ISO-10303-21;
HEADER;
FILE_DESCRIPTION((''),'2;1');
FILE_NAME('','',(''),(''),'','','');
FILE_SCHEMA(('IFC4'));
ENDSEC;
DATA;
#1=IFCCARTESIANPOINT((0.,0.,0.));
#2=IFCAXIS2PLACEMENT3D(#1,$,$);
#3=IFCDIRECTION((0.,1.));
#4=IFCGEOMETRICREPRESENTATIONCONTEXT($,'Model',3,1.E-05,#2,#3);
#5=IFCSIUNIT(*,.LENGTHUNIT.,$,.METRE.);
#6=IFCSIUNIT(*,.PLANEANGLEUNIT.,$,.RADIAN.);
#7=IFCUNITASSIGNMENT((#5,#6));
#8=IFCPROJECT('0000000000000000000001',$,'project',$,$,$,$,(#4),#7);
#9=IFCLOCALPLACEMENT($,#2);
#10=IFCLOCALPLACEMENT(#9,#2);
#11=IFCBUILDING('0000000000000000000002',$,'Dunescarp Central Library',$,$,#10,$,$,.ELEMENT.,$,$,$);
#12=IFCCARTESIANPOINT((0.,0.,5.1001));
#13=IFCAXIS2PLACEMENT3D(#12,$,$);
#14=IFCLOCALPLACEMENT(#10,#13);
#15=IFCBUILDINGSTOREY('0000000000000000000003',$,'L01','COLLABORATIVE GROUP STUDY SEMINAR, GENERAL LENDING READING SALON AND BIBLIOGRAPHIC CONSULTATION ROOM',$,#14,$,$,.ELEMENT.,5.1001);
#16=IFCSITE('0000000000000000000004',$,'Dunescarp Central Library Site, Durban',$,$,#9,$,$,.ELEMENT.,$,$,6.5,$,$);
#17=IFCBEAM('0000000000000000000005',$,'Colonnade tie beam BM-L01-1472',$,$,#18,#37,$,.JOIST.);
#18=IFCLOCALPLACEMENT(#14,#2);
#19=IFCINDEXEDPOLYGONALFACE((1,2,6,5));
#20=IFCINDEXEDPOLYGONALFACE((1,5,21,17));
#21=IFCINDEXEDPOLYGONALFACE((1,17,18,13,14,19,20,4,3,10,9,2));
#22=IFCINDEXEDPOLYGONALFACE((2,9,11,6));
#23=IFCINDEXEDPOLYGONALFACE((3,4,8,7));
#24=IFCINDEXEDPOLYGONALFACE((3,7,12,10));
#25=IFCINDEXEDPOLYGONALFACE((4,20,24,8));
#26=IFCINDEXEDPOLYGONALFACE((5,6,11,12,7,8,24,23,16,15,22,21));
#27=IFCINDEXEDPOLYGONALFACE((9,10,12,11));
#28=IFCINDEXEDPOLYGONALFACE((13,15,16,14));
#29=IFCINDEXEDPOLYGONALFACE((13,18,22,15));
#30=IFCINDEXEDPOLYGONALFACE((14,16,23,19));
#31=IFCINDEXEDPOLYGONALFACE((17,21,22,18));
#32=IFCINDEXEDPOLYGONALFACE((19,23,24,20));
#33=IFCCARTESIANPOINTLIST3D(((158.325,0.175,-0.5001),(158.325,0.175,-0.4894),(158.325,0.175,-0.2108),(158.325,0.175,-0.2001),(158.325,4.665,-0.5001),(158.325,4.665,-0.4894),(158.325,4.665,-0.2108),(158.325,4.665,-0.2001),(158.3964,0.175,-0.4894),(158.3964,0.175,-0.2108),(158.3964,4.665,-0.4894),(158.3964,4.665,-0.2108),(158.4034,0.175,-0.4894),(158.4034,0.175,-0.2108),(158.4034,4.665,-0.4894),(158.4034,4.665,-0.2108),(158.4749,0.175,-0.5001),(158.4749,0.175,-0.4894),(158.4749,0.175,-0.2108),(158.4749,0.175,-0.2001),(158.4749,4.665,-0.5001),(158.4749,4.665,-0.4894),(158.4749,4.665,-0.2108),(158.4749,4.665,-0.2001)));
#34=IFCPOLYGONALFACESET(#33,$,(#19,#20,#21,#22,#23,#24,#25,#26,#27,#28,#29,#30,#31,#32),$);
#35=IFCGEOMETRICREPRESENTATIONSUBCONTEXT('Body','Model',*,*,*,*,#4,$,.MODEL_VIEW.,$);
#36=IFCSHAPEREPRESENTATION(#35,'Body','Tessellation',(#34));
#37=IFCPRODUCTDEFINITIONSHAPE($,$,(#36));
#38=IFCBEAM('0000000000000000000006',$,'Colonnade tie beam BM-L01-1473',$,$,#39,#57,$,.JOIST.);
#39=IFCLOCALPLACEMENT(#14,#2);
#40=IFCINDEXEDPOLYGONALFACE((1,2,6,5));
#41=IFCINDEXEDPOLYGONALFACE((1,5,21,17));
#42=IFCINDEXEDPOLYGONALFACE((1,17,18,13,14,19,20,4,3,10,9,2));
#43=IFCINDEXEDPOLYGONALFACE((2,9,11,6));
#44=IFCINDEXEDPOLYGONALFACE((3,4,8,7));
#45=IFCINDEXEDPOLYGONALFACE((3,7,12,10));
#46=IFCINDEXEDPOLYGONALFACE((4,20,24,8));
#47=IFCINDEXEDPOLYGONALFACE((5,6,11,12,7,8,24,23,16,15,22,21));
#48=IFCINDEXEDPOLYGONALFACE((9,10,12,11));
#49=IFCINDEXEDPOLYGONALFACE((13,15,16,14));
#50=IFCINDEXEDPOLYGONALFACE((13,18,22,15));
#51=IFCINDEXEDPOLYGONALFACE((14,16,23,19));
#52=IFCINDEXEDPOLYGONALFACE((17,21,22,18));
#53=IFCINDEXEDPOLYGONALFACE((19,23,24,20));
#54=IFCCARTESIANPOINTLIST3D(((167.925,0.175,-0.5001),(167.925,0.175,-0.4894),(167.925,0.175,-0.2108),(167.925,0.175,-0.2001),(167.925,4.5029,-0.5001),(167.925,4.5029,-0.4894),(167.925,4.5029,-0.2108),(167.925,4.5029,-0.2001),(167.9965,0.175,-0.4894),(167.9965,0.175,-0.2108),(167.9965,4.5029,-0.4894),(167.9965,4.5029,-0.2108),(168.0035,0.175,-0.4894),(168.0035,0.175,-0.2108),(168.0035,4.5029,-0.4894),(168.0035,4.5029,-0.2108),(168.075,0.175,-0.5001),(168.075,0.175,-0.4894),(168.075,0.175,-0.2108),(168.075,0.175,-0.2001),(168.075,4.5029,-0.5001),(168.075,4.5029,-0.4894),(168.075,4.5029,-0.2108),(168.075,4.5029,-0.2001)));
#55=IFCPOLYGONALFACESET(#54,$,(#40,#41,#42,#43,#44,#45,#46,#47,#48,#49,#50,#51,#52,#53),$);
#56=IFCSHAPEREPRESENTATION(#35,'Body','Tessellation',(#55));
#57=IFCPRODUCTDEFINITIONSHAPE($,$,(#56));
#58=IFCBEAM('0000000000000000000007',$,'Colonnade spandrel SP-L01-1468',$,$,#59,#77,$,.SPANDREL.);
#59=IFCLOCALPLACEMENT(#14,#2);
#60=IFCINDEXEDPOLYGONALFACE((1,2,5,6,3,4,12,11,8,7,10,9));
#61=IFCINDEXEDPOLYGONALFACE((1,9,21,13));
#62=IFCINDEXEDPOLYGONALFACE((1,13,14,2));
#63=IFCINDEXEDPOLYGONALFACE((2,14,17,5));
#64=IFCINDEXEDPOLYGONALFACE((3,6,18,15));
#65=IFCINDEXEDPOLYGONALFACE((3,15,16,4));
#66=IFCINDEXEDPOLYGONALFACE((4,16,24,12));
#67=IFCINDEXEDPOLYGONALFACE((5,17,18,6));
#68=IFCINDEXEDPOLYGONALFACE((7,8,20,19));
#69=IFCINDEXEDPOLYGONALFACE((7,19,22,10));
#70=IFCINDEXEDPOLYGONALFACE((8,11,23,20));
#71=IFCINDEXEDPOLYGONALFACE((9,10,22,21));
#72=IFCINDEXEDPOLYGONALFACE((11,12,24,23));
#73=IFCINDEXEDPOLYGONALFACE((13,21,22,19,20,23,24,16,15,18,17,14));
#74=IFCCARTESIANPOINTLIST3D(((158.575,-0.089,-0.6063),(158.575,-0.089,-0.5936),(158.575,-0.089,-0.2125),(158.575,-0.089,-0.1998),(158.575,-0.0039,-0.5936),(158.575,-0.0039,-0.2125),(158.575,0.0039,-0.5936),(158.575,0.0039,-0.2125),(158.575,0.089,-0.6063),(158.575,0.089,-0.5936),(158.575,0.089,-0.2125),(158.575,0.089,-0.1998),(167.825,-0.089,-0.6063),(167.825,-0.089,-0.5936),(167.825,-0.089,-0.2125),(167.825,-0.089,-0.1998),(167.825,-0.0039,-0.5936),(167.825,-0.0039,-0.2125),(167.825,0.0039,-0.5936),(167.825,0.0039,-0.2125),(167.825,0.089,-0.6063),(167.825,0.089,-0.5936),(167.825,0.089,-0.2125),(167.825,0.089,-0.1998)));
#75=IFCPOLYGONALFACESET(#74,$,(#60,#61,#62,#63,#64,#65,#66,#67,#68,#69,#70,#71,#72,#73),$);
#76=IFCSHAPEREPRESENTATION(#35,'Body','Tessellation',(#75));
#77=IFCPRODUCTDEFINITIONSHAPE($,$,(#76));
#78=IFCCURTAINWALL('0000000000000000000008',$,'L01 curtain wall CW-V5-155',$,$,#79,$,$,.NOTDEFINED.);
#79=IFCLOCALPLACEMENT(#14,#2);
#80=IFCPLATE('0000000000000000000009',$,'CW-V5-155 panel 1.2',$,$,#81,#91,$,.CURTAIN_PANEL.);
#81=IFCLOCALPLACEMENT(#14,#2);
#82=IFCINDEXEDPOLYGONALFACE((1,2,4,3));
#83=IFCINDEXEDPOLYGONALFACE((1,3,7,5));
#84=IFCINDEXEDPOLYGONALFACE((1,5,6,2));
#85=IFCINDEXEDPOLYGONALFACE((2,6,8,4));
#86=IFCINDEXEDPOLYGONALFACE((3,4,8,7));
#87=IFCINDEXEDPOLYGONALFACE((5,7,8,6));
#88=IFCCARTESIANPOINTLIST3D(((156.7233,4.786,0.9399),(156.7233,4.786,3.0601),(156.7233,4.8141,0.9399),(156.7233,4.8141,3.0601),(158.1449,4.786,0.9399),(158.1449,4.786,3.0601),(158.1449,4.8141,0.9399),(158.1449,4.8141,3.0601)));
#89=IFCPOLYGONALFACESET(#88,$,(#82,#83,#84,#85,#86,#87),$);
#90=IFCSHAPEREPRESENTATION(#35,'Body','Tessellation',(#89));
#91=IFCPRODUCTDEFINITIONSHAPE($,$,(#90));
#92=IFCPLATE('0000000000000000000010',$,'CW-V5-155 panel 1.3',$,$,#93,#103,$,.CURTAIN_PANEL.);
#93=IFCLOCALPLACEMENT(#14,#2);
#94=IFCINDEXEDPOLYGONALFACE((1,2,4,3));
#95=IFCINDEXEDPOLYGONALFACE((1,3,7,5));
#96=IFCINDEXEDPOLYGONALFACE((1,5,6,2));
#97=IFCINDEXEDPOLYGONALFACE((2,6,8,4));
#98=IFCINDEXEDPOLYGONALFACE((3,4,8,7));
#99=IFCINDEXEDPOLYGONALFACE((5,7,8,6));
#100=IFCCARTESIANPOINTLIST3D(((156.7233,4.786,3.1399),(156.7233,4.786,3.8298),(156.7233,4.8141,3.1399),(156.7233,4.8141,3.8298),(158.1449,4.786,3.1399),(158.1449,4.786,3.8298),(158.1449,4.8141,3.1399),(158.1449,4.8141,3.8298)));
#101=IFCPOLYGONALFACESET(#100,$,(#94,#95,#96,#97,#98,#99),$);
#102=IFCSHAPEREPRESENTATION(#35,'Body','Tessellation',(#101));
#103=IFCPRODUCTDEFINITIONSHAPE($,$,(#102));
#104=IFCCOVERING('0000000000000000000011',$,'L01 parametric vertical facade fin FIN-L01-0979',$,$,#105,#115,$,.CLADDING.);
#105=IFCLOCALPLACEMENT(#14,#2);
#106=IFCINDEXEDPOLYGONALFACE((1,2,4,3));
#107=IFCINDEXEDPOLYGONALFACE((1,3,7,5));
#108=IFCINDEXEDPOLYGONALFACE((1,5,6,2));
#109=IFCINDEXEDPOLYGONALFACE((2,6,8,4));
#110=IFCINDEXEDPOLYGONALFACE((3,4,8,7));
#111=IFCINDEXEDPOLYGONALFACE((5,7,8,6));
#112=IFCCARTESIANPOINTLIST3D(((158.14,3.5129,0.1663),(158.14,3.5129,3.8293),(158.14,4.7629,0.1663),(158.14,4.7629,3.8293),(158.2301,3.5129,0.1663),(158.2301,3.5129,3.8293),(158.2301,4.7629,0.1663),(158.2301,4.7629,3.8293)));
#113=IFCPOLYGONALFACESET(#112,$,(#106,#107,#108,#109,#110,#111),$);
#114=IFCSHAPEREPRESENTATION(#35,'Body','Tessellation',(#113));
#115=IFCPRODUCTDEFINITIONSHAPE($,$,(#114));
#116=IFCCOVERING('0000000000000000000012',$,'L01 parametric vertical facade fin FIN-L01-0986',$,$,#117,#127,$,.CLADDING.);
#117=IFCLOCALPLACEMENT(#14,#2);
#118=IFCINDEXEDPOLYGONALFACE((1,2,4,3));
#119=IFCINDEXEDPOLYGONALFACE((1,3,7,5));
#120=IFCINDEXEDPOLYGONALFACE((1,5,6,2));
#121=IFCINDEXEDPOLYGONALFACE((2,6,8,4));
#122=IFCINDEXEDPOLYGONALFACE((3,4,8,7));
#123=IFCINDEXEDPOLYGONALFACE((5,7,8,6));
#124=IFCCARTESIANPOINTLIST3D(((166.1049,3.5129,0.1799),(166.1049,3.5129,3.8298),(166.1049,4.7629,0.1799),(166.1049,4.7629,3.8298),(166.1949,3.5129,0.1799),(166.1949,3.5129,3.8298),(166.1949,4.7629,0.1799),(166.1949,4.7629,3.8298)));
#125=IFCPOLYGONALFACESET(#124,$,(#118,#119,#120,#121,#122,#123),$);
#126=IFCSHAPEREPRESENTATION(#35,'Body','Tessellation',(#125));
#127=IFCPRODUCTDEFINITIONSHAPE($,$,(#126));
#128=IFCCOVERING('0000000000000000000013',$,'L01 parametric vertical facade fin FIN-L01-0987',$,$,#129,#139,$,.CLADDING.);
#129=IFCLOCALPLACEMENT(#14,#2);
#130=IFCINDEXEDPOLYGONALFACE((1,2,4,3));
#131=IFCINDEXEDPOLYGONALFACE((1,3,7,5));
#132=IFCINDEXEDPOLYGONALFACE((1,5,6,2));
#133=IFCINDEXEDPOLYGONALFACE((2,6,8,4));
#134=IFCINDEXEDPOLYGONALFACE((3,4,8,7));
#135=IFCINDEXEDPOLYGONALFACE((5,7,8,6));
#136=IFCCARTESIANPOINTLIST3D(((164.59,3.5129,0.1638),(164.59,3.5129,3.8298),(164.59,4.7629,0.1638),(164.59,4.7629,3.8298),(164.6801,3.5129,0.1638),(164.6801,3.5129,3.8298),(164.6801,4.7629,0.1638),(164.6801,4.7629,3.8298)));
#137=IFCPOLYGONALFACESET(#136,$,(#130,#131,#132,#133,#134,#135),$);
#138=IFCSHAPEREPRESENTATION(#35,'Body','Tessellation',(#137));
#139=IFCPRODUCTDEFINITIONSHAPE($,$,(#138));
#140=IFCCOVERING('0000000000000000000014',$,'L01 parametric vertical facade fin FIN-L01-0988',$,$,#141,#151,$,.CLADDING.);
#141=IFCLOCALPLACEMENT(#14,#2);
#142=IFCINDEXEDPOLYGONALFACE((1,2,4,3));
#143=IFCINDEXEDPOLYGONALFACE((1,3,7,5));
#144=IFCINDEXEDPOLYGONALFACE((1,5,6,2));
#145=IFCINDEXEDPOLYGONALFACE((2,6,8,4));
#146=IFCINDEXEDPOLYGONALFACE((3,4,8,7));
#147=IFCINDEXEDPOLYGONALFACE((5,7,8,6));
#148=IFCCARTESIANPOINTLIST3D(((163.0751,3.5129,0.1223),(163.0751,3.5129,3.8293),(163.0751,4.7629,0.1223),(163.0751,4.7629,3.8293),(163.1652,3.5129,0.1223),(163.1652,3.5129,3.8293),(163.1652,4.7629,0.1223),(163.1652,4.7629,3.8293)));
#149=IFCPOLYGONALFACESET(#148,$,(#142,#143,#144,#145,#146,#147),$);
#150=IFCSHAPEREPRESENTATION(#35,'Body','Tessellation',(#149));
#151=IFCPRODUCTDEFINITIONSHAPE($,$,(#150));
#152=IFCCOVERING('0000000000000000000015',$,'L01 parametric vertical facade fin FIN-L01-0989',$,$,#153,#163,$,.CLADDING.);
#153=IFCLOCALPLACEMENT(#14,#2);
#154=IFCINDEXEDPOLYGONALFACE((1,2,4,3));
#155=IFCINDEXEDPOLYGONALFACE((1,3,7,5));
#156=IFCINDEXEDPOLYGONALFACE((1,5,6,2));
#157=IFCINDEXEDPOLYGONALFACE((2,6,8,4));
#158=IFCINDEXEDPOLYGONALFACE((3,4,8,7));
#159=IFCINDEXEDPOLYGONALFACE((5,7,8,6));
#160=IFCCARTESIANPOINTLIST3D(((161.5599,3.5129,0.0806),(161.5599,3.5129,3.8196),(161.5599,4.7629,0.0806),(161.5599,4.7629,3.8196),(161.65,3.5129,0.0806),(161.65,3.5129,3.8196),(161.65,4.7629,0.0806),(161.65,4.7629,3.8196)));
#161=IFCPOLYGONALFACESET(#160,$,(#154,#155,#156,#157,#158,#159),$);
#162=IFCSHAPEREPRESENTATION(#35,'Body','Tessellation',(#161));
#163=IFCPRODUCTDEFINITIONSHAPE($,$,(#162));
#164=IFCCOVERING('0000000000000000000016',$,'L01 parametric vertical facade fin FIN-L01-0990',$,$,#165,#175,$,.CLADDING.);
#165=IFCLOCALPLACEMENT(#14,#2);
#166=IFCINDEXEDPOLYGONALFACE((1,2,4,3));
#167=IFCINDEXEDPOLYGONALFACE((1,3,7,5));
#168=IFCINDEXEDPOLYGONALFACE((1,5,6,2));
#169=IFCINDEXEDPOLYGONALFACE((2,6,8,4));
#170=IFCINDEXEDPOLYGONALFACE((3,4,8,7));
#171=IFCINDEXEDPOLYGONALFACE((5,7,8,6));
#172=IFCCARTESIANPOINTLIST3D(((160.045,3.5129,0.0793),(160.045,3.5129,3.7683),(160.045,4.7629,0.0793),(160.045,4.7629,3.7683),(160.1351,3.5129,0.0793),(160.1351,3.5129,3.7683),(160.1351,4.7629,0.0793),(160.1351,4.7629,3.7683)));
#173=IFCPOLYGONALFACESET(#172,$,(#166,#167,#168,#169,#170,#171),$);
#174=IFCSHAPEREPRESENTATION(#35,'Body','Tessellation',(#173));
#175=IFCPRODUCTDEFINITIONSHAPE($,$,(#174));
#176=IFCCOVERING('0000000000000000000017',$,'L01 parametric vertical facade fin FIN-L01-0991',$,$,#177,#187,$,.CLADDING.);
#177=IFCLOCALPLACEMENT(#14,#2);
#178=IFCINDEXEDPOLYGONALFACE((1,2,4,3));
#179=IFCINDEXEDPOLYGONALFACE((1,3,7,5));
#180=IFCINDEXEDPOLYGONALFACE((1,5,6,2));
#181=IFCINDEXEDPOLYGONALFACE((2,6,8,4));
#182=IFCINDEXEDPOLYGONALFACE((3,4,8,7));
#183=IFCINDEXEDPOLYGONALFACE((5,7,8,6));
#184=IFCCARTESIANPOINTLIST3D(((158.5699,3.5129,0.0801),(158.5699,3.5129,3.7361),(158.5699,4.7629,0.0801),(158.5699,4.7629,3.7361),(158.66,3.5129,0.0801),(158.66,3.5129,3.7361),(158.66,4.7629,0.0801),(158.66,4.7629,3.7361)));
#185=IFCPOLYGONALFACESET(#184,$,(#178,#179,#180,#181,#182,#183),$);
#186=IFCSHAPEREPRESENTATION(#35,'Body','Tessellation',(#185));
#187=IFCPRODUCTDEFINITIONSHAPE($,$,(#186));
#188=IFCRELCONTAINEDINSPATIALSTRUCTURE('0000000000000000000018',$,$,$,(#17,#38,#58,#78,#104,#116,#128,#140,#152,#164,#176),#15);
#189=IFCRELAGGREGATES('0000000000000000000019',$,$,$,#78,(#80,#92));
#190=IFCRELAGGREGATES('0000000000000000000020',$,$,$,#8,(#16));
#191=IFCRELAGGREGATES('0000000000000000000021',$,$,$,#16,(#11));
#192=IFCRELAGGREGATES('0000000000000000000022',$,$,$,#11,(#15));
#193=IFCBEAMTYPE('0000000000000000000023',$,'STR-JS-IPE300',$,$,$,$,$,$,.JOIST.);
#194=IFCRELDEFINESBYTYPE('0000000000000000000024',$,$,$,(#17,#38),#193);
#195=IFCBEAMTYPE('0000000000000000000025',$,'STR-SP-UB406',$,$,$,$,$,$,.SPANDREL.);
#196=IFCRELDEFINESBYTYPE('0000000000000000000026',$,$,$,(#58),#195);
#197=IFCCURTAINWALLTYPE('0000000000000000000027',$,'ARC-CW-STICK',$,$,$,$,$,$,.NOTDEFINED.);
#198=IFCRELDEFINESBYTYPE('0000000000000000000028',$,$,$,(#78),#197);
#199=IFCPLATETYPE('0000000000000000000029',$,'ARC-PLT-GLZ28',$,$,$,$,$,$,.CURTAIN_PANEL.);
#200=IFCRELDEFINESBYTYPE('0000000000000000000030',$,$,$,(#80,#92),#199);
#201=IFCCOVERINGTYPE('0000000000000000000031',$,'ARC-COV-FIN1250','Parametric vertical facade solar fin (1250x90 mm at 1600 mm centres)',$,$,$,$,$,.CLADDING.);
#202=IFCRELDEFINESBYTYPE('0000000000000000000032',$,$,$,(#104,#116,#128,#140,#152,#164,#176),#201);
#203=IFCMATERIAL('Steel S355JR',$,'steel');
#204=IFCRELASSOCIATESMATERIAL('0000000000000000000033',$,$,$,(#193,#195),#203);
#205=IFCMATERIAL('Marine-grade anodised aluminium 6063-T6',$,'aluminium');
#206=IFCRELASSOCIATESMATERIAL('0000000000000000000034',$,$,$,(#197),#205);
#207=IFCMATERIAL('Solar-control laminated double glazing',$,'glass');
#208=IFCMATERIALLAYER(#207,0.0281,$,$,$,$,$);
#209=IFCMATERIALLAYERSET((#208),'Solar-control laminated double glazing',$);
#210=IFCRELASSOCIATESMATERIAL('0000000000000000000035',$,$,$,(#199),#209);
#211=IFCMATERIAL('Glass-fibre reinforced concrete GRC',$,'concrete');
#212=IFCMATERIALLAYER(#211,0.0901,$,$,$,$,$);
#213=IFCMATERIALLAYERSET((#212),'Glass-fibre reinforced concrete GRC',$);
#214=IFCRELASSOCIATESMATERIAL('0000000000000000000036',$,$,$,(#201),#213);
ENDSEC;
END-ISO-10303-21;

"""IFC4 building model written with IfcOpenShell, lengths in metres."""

from ifc_helpers import new_model, si_unit, direction, frame, origin, origin_2d, place, context, subcontext, project, spatial, rectangle, i_section, extrude, material, layer, layer_set, material_profile, profile_set, type_object, element, aggregate, save


model = new_model("IFC4")

# Units and contexts
model_context = context("Model", 3, precision=1e-05, world=origin(), true_north=direction((0.0, 1.0)))
body_context = subcontext(model_context, "Body", "Model", "MODEL_VIEW")
ifc_project = project(units=[si_unit("LENGTHUNIT", "METRE"), si_unit("PLANEANGLEUNIT", "RADIAN")], contexts=[model_context])

# Site, building, storey
site_placement = place(None, origin())
site = spatial("IfcSite", under=ifc_project, at=site_placement, Name="Dunescarp Central Library Site, Durban", CompositionType="ELEMENT", RefElevation=6.5)
building_placement = place(site_placement, origin())
building = spatial("IfcBuilding", under=site, at=building_placement, Name="Dunescarp Central Library", CompositionType="ELEMENT")
storey_placement = place(building_placement, frame((0.0, 0.0, 5.1001)))
storey = spatial("IfcBuildingStorey", under=building, at=storey_placement, Name="L01", Description="COLLABORATIVE GROUP STUDY SEMINAR, GENERAL LENDING READING SALON AND BIBLIOGRAPHIC CONSULTATION ROOM", CompositionType="ELEMENT", Elevation=5.1001)

# Beams
ifc_material_1 = material(Name="Steel S355JR", Category="steel")
ifc_material_profile_1 = material_profile(ifc_material_1, i_section(OverallWidth=0.1499, OverallDepth=0.3, WebThickness=0.0071, FlangeThickness=0.0107, at=origin_2d()), Name="IPE 300")
ifc_profile_set_1 = profile_set([ifc_material_profile_1], Name="Steel S355JR")
beam_type_1 = type_object("IfcBeamType", Name="STR-JS-IPE300", PredefinedType="JOIST", material=ifc_profile_set_1)
beam_1_placement = place(storey_placement, frame((158.3999, 0.175, -0.3501), z_axis=(0.0, 1.0, 0.0), x_axis=(-1.0, 0.0, 0.0)))
element("IfcBeam", 1, at=beam_1_placement, inside=storey, type_object=beam_type_1, Name="Colonnade tie beam BM-L01-1472", PredefinedType="JOIST", context=body_context, shape_type="SweptSolid", body=[
    extrude(i_section(OverallWidth=0.1499, OverallDepth=0.3, WebThickness=0.0071, FlangeThickness=0.0107, at=origin_2d()), origin(), (0.0, 0.0, 1.0), 4.49),
])
beam_2_placement = place(storey_placement, frame((168.0, 0.175, -0.3501), z_axis=(0.0, 1.0, 0.0), x_axis=(-1.0, 0.0, 0.0)))
element("IfcBeam", 2, at=beam_2_placement, inside=storey, type_object=beam_type_1, Name="Colonnade tie beam BM-L01-1473", PredefinedType="JOIST", context=body_context, shape_type="SweptSolid", body=[
    extrude(i_section(OverallWidth=0.1499, OverallDepth=0.3, WebThickness=0.0071, FlangeThickness=0.0107, at=origin_2d()), origin(), (0.0, 0.0, 1.0), 4.3279),
])
ifc_material_profile_2 = material_profile(ifc_material_1, i_section(OverallWidth=0.178, OverallDepth=0.4065, WebThickness=0.0078, FlangeThickness=0.0127, at=origin_2d()), Name="UB 406x178x60")
ifc_profile_set_2 = profile_set([ifc_material_profile_2], Name="Steel S355JR")
beam_type_2 = type_object("IfcBeamType", Name="STR-SP-UB406", PredefinedType="SPANDREL", material=ifc_profile_set_2)
beam_3_placement = place(storey_placement, frame((158.575, 0.0, -0.4031), z_axis=(1.0, 0.0, 0.0), x_axis=(0.0, 1.0, 0.0)))
element("IfcBeam", 3, at=beam_3_placement, inside=storey, type_object=beam_type_2, Name="Colonnade spandrel SP-L01-1468", PredefinedType="SPANDREL", context=body_context, shape_type="SweptSolid", body=[
    extrude(i_section(OverallWidth=0.178, OverallDepth=0.4065, WebThickness=0.0078, FlangeThickness=0.0127, at=origin_2d()), origin(), (0.0, 0.0, 1.0), 9.25),
])

# Curtain wall, plates
ifc_material_2 = material(Name="Marine-grade anodised aluminium 6063-T6", Category="aluminium")
curtain_wall_type = type_object("IfcCurtainWallType", Name="ARC-CW-STICK", PredefinedType="NOTDEFINED", material=ifc_material_2)
curtain_wall_placement = place(storey_placement, origin())
curtain_wall = element("IfcCurtainWall", 4, at=curtain_wall_placement, inside=storey, type_object=curtain_wall_type, Name="L01 curtain wall CW-V5-155", PredefinedType="NOTDEFINED")
ifc_material_3 = material(Name="Solar-control laminated double glazing", Category="glass")
ifc_layer_1 = layer(ifc_material_3, 0.0281)
ifc_layer_set_1 = layer_set([ifc_layer_1], Name="Solar-control laminated double glazing")
plate_type = type_object("IfcPlateType", Name="ARC-PLT-GLZ28", PredefinedType="CURTAIN_PANEL", material=ifc_layer_set_1)
plate_1_placement = place(storey_placement, frame((157.4341, 4.8, 0.9399), z_axis=(0.0, 0.0, 1.0), x_axis=(-1.0, 0.0, 0.0)))
plate_1 = element("IfcPlate", 5, at=plate_1_placement, type_object=plate_type, Name="CW-V5-155 panel 1.2", PredefinedType="CURTAIN_PANEL", context=body_context, shape_type="SweptSolid", body=[
    extrude(rectangle(XDim=1.4216, YDim=0.0281, at=origin_2d()), origin(), (0.0, 0.0, 1.0), 2.1201),
])
plate_2_placement = place(storey_placement, frame((157.4341, 4.8, 3.1399), z_axis=(0.0, 0.0, 1.0), x_axis=(-1.0, 0.0, 0.0)))
plate_2 = element("IfcPlate", 6, at=plate_2_placement, type_object=plate_type, Name="CW-V5-155 panel 1.3", PredefinedType="CURTAIN_PANEL", context=body_context, shape_type="SweptSolid", body=[
    extrude(rectangle(XDim=1.4216, YDim=0.0281, at=origin_2d()), origin(), (0.0, 0.0, 1.0), 0.6899),
])
aggregate(curtain_wall, [plate_1, plate_2])

# Coverings
ifc_material_4 = material(Name="Glass-fibre reinforced concrete GRC", Category="concrete")
ifc_layer_2 = layer(ifc_material_4, 0.0901)
ifc_layer_set_2 = layer_set([ifc_layer_2], Name="Glass-fibre reinforced concrete GRC")
covering_type_1 = type_object("IfcCoveringType", Name="ARC-COV-FIN1250", Description="Parametric vertical facade solar fin (1250x90 mm at 1600 mm centres)", PredefinedType="CLADDING", material=ifc_layer_set_2)
covering_1_placement = place(storey_placement, frame((158.1851, 4.1379, 0.1663), z_axis=(0.0, 0.0, 1.0), x_axis=(0.0, -1.0, 0.0)))
element("IfcCovering", 7, at=covering_1_placement, inside=storey, type_object=covering_type_1, Name="L01 parametric vertical facade fin FIN-L01-0979", PredefinedType="CLADDING", context=body_context, shape_type="SweptSolid", body=[
    extrude(rectangle(XDim=1.25, YDim=0.0901, at=origin_2d()), origin(), (0.0, 0.0, 1.0), 3.6631),
])
covering_2_placement = place(storey_placement, frame((166.1499, 4.1379, 0.1799), z_axis=(0.0, 0.0, 1.0), x_axis=(0.0, -1.0, 0.0)))
element("IfcCovering", 8, at=covering_2_placement, inside=storey, type_object=covering_type_1, Name="L01 parametric vertical facade fin FIN-L01-0986", PredefinedType="CLADDING", context=body_context, shape_type="SweptSolid", body=[
    extrude(rectangle(XDim=1.25, YDim=0.0901, at=origin_2d()), origin(), (0.0, 0.0, 1.0), 3.6499),
])
covering_3_placement = place(storey_placement, frame((164.635, 4.1379, 0.1638), z_axis=(0.0, 0.0, 1.0), x_axis=(0.0, -1.0, 0.0)))
element("IfcCovering", 9, at=covering_3_placement, inside=storey, type_object=covering_type_1, Name="L01 parametric vertical facade fin FIN-L01-0987", PredefinedType="CLADDING", context=body_context, shape_type="SweptSolid", body=[
    extrude(rectangle(XDim=1.25, YDim=0.0901, at=origin_2d()), origin(), (0.0, 0.0, 1.0), 3.666),
])
covering_4_placement = place(storey_placement, frame((163.1201, 4.1379, 0.1223), z_axis=(0.0, 0.0, 1.0), x_axis=(0.0, -1.0, 0.0)))
element("IfcCovering", 10, at=covering_4_placement, inside=storey, type_object=covering_type_1, Name="L01 parametric vertical facade fin FIN-L01-0988", PredefinedType="CLADDING", context=body_context, shape_type="SweptSolid", body=[
    extrude(rectangle(XDim=1.25, YDim=0.0901, at=origin_2d()), origin(), (0.0, 0.0, 1.0), 3.707),
])
covering_5_placement = place(storey_placement, frame((161.605, 4.1379, 0.0806), z_axis=(0.0, 0.0, 1.0), x_axis=(0.0, -1.0, 0.0)))
element("IfcCovering", 11, at=covering_5_placement, inside=storey, type_object=covering_type_1, Name="L01 parametric vertical facade fin FIN-L01-0989", PredefinedType="CLADDING", context=body_context, shape_type="SweptSolid", body=[
    extrude(rectangle(XDim=1.25, YDim=0.0901, at=origin_2d()), origin(), (0.0, 0.0, 1.0), 3.739),
])
covering_6_placement = place(storey_placement, frame((160.0901, 4.1379, 0.0793), z_axis=(0.0, 0.0, 1.0), x_axis=(0.0, -1.0, 0.0)))
element("IfcCovering", 12, at=covering_6_placement, inside=storey, type_object=covering_type_1, Name="L01 parametric vertical facade fin FIN-L01-0990", PredefinedType="CLADDING", context=body_context, shape_type="SweptSolid", body=[
    extrude(rectangle(XDim=1.25, YDim=0.0901, at=origin_2d()), origin(), (0.0, 0.0, 1.0), 3.689),
])
covering_7_placement = place(storey_placement, frame((158.615, 4.1379, 0.0801), z_axis=(0.0, 0.0, 1.0), x_axis=(0.0, -1.0, 0.0)))
element("IfcCovering", 13, at=covering_7_placement, inside=storey, type_object=covering_type_1, Name="L01 parametric vertical facade fin FIN-L01-0991", PredefinedType="CLADDING", context=body_context, shape_type="SweptSolid", body=[
    extrude(rectangle(XDim=1.25, YDim=0.0901, at=origin_2d()), origin(), (0.0, 0.0, 1.0), 3.656),
])

save(model, "model.ifc")
